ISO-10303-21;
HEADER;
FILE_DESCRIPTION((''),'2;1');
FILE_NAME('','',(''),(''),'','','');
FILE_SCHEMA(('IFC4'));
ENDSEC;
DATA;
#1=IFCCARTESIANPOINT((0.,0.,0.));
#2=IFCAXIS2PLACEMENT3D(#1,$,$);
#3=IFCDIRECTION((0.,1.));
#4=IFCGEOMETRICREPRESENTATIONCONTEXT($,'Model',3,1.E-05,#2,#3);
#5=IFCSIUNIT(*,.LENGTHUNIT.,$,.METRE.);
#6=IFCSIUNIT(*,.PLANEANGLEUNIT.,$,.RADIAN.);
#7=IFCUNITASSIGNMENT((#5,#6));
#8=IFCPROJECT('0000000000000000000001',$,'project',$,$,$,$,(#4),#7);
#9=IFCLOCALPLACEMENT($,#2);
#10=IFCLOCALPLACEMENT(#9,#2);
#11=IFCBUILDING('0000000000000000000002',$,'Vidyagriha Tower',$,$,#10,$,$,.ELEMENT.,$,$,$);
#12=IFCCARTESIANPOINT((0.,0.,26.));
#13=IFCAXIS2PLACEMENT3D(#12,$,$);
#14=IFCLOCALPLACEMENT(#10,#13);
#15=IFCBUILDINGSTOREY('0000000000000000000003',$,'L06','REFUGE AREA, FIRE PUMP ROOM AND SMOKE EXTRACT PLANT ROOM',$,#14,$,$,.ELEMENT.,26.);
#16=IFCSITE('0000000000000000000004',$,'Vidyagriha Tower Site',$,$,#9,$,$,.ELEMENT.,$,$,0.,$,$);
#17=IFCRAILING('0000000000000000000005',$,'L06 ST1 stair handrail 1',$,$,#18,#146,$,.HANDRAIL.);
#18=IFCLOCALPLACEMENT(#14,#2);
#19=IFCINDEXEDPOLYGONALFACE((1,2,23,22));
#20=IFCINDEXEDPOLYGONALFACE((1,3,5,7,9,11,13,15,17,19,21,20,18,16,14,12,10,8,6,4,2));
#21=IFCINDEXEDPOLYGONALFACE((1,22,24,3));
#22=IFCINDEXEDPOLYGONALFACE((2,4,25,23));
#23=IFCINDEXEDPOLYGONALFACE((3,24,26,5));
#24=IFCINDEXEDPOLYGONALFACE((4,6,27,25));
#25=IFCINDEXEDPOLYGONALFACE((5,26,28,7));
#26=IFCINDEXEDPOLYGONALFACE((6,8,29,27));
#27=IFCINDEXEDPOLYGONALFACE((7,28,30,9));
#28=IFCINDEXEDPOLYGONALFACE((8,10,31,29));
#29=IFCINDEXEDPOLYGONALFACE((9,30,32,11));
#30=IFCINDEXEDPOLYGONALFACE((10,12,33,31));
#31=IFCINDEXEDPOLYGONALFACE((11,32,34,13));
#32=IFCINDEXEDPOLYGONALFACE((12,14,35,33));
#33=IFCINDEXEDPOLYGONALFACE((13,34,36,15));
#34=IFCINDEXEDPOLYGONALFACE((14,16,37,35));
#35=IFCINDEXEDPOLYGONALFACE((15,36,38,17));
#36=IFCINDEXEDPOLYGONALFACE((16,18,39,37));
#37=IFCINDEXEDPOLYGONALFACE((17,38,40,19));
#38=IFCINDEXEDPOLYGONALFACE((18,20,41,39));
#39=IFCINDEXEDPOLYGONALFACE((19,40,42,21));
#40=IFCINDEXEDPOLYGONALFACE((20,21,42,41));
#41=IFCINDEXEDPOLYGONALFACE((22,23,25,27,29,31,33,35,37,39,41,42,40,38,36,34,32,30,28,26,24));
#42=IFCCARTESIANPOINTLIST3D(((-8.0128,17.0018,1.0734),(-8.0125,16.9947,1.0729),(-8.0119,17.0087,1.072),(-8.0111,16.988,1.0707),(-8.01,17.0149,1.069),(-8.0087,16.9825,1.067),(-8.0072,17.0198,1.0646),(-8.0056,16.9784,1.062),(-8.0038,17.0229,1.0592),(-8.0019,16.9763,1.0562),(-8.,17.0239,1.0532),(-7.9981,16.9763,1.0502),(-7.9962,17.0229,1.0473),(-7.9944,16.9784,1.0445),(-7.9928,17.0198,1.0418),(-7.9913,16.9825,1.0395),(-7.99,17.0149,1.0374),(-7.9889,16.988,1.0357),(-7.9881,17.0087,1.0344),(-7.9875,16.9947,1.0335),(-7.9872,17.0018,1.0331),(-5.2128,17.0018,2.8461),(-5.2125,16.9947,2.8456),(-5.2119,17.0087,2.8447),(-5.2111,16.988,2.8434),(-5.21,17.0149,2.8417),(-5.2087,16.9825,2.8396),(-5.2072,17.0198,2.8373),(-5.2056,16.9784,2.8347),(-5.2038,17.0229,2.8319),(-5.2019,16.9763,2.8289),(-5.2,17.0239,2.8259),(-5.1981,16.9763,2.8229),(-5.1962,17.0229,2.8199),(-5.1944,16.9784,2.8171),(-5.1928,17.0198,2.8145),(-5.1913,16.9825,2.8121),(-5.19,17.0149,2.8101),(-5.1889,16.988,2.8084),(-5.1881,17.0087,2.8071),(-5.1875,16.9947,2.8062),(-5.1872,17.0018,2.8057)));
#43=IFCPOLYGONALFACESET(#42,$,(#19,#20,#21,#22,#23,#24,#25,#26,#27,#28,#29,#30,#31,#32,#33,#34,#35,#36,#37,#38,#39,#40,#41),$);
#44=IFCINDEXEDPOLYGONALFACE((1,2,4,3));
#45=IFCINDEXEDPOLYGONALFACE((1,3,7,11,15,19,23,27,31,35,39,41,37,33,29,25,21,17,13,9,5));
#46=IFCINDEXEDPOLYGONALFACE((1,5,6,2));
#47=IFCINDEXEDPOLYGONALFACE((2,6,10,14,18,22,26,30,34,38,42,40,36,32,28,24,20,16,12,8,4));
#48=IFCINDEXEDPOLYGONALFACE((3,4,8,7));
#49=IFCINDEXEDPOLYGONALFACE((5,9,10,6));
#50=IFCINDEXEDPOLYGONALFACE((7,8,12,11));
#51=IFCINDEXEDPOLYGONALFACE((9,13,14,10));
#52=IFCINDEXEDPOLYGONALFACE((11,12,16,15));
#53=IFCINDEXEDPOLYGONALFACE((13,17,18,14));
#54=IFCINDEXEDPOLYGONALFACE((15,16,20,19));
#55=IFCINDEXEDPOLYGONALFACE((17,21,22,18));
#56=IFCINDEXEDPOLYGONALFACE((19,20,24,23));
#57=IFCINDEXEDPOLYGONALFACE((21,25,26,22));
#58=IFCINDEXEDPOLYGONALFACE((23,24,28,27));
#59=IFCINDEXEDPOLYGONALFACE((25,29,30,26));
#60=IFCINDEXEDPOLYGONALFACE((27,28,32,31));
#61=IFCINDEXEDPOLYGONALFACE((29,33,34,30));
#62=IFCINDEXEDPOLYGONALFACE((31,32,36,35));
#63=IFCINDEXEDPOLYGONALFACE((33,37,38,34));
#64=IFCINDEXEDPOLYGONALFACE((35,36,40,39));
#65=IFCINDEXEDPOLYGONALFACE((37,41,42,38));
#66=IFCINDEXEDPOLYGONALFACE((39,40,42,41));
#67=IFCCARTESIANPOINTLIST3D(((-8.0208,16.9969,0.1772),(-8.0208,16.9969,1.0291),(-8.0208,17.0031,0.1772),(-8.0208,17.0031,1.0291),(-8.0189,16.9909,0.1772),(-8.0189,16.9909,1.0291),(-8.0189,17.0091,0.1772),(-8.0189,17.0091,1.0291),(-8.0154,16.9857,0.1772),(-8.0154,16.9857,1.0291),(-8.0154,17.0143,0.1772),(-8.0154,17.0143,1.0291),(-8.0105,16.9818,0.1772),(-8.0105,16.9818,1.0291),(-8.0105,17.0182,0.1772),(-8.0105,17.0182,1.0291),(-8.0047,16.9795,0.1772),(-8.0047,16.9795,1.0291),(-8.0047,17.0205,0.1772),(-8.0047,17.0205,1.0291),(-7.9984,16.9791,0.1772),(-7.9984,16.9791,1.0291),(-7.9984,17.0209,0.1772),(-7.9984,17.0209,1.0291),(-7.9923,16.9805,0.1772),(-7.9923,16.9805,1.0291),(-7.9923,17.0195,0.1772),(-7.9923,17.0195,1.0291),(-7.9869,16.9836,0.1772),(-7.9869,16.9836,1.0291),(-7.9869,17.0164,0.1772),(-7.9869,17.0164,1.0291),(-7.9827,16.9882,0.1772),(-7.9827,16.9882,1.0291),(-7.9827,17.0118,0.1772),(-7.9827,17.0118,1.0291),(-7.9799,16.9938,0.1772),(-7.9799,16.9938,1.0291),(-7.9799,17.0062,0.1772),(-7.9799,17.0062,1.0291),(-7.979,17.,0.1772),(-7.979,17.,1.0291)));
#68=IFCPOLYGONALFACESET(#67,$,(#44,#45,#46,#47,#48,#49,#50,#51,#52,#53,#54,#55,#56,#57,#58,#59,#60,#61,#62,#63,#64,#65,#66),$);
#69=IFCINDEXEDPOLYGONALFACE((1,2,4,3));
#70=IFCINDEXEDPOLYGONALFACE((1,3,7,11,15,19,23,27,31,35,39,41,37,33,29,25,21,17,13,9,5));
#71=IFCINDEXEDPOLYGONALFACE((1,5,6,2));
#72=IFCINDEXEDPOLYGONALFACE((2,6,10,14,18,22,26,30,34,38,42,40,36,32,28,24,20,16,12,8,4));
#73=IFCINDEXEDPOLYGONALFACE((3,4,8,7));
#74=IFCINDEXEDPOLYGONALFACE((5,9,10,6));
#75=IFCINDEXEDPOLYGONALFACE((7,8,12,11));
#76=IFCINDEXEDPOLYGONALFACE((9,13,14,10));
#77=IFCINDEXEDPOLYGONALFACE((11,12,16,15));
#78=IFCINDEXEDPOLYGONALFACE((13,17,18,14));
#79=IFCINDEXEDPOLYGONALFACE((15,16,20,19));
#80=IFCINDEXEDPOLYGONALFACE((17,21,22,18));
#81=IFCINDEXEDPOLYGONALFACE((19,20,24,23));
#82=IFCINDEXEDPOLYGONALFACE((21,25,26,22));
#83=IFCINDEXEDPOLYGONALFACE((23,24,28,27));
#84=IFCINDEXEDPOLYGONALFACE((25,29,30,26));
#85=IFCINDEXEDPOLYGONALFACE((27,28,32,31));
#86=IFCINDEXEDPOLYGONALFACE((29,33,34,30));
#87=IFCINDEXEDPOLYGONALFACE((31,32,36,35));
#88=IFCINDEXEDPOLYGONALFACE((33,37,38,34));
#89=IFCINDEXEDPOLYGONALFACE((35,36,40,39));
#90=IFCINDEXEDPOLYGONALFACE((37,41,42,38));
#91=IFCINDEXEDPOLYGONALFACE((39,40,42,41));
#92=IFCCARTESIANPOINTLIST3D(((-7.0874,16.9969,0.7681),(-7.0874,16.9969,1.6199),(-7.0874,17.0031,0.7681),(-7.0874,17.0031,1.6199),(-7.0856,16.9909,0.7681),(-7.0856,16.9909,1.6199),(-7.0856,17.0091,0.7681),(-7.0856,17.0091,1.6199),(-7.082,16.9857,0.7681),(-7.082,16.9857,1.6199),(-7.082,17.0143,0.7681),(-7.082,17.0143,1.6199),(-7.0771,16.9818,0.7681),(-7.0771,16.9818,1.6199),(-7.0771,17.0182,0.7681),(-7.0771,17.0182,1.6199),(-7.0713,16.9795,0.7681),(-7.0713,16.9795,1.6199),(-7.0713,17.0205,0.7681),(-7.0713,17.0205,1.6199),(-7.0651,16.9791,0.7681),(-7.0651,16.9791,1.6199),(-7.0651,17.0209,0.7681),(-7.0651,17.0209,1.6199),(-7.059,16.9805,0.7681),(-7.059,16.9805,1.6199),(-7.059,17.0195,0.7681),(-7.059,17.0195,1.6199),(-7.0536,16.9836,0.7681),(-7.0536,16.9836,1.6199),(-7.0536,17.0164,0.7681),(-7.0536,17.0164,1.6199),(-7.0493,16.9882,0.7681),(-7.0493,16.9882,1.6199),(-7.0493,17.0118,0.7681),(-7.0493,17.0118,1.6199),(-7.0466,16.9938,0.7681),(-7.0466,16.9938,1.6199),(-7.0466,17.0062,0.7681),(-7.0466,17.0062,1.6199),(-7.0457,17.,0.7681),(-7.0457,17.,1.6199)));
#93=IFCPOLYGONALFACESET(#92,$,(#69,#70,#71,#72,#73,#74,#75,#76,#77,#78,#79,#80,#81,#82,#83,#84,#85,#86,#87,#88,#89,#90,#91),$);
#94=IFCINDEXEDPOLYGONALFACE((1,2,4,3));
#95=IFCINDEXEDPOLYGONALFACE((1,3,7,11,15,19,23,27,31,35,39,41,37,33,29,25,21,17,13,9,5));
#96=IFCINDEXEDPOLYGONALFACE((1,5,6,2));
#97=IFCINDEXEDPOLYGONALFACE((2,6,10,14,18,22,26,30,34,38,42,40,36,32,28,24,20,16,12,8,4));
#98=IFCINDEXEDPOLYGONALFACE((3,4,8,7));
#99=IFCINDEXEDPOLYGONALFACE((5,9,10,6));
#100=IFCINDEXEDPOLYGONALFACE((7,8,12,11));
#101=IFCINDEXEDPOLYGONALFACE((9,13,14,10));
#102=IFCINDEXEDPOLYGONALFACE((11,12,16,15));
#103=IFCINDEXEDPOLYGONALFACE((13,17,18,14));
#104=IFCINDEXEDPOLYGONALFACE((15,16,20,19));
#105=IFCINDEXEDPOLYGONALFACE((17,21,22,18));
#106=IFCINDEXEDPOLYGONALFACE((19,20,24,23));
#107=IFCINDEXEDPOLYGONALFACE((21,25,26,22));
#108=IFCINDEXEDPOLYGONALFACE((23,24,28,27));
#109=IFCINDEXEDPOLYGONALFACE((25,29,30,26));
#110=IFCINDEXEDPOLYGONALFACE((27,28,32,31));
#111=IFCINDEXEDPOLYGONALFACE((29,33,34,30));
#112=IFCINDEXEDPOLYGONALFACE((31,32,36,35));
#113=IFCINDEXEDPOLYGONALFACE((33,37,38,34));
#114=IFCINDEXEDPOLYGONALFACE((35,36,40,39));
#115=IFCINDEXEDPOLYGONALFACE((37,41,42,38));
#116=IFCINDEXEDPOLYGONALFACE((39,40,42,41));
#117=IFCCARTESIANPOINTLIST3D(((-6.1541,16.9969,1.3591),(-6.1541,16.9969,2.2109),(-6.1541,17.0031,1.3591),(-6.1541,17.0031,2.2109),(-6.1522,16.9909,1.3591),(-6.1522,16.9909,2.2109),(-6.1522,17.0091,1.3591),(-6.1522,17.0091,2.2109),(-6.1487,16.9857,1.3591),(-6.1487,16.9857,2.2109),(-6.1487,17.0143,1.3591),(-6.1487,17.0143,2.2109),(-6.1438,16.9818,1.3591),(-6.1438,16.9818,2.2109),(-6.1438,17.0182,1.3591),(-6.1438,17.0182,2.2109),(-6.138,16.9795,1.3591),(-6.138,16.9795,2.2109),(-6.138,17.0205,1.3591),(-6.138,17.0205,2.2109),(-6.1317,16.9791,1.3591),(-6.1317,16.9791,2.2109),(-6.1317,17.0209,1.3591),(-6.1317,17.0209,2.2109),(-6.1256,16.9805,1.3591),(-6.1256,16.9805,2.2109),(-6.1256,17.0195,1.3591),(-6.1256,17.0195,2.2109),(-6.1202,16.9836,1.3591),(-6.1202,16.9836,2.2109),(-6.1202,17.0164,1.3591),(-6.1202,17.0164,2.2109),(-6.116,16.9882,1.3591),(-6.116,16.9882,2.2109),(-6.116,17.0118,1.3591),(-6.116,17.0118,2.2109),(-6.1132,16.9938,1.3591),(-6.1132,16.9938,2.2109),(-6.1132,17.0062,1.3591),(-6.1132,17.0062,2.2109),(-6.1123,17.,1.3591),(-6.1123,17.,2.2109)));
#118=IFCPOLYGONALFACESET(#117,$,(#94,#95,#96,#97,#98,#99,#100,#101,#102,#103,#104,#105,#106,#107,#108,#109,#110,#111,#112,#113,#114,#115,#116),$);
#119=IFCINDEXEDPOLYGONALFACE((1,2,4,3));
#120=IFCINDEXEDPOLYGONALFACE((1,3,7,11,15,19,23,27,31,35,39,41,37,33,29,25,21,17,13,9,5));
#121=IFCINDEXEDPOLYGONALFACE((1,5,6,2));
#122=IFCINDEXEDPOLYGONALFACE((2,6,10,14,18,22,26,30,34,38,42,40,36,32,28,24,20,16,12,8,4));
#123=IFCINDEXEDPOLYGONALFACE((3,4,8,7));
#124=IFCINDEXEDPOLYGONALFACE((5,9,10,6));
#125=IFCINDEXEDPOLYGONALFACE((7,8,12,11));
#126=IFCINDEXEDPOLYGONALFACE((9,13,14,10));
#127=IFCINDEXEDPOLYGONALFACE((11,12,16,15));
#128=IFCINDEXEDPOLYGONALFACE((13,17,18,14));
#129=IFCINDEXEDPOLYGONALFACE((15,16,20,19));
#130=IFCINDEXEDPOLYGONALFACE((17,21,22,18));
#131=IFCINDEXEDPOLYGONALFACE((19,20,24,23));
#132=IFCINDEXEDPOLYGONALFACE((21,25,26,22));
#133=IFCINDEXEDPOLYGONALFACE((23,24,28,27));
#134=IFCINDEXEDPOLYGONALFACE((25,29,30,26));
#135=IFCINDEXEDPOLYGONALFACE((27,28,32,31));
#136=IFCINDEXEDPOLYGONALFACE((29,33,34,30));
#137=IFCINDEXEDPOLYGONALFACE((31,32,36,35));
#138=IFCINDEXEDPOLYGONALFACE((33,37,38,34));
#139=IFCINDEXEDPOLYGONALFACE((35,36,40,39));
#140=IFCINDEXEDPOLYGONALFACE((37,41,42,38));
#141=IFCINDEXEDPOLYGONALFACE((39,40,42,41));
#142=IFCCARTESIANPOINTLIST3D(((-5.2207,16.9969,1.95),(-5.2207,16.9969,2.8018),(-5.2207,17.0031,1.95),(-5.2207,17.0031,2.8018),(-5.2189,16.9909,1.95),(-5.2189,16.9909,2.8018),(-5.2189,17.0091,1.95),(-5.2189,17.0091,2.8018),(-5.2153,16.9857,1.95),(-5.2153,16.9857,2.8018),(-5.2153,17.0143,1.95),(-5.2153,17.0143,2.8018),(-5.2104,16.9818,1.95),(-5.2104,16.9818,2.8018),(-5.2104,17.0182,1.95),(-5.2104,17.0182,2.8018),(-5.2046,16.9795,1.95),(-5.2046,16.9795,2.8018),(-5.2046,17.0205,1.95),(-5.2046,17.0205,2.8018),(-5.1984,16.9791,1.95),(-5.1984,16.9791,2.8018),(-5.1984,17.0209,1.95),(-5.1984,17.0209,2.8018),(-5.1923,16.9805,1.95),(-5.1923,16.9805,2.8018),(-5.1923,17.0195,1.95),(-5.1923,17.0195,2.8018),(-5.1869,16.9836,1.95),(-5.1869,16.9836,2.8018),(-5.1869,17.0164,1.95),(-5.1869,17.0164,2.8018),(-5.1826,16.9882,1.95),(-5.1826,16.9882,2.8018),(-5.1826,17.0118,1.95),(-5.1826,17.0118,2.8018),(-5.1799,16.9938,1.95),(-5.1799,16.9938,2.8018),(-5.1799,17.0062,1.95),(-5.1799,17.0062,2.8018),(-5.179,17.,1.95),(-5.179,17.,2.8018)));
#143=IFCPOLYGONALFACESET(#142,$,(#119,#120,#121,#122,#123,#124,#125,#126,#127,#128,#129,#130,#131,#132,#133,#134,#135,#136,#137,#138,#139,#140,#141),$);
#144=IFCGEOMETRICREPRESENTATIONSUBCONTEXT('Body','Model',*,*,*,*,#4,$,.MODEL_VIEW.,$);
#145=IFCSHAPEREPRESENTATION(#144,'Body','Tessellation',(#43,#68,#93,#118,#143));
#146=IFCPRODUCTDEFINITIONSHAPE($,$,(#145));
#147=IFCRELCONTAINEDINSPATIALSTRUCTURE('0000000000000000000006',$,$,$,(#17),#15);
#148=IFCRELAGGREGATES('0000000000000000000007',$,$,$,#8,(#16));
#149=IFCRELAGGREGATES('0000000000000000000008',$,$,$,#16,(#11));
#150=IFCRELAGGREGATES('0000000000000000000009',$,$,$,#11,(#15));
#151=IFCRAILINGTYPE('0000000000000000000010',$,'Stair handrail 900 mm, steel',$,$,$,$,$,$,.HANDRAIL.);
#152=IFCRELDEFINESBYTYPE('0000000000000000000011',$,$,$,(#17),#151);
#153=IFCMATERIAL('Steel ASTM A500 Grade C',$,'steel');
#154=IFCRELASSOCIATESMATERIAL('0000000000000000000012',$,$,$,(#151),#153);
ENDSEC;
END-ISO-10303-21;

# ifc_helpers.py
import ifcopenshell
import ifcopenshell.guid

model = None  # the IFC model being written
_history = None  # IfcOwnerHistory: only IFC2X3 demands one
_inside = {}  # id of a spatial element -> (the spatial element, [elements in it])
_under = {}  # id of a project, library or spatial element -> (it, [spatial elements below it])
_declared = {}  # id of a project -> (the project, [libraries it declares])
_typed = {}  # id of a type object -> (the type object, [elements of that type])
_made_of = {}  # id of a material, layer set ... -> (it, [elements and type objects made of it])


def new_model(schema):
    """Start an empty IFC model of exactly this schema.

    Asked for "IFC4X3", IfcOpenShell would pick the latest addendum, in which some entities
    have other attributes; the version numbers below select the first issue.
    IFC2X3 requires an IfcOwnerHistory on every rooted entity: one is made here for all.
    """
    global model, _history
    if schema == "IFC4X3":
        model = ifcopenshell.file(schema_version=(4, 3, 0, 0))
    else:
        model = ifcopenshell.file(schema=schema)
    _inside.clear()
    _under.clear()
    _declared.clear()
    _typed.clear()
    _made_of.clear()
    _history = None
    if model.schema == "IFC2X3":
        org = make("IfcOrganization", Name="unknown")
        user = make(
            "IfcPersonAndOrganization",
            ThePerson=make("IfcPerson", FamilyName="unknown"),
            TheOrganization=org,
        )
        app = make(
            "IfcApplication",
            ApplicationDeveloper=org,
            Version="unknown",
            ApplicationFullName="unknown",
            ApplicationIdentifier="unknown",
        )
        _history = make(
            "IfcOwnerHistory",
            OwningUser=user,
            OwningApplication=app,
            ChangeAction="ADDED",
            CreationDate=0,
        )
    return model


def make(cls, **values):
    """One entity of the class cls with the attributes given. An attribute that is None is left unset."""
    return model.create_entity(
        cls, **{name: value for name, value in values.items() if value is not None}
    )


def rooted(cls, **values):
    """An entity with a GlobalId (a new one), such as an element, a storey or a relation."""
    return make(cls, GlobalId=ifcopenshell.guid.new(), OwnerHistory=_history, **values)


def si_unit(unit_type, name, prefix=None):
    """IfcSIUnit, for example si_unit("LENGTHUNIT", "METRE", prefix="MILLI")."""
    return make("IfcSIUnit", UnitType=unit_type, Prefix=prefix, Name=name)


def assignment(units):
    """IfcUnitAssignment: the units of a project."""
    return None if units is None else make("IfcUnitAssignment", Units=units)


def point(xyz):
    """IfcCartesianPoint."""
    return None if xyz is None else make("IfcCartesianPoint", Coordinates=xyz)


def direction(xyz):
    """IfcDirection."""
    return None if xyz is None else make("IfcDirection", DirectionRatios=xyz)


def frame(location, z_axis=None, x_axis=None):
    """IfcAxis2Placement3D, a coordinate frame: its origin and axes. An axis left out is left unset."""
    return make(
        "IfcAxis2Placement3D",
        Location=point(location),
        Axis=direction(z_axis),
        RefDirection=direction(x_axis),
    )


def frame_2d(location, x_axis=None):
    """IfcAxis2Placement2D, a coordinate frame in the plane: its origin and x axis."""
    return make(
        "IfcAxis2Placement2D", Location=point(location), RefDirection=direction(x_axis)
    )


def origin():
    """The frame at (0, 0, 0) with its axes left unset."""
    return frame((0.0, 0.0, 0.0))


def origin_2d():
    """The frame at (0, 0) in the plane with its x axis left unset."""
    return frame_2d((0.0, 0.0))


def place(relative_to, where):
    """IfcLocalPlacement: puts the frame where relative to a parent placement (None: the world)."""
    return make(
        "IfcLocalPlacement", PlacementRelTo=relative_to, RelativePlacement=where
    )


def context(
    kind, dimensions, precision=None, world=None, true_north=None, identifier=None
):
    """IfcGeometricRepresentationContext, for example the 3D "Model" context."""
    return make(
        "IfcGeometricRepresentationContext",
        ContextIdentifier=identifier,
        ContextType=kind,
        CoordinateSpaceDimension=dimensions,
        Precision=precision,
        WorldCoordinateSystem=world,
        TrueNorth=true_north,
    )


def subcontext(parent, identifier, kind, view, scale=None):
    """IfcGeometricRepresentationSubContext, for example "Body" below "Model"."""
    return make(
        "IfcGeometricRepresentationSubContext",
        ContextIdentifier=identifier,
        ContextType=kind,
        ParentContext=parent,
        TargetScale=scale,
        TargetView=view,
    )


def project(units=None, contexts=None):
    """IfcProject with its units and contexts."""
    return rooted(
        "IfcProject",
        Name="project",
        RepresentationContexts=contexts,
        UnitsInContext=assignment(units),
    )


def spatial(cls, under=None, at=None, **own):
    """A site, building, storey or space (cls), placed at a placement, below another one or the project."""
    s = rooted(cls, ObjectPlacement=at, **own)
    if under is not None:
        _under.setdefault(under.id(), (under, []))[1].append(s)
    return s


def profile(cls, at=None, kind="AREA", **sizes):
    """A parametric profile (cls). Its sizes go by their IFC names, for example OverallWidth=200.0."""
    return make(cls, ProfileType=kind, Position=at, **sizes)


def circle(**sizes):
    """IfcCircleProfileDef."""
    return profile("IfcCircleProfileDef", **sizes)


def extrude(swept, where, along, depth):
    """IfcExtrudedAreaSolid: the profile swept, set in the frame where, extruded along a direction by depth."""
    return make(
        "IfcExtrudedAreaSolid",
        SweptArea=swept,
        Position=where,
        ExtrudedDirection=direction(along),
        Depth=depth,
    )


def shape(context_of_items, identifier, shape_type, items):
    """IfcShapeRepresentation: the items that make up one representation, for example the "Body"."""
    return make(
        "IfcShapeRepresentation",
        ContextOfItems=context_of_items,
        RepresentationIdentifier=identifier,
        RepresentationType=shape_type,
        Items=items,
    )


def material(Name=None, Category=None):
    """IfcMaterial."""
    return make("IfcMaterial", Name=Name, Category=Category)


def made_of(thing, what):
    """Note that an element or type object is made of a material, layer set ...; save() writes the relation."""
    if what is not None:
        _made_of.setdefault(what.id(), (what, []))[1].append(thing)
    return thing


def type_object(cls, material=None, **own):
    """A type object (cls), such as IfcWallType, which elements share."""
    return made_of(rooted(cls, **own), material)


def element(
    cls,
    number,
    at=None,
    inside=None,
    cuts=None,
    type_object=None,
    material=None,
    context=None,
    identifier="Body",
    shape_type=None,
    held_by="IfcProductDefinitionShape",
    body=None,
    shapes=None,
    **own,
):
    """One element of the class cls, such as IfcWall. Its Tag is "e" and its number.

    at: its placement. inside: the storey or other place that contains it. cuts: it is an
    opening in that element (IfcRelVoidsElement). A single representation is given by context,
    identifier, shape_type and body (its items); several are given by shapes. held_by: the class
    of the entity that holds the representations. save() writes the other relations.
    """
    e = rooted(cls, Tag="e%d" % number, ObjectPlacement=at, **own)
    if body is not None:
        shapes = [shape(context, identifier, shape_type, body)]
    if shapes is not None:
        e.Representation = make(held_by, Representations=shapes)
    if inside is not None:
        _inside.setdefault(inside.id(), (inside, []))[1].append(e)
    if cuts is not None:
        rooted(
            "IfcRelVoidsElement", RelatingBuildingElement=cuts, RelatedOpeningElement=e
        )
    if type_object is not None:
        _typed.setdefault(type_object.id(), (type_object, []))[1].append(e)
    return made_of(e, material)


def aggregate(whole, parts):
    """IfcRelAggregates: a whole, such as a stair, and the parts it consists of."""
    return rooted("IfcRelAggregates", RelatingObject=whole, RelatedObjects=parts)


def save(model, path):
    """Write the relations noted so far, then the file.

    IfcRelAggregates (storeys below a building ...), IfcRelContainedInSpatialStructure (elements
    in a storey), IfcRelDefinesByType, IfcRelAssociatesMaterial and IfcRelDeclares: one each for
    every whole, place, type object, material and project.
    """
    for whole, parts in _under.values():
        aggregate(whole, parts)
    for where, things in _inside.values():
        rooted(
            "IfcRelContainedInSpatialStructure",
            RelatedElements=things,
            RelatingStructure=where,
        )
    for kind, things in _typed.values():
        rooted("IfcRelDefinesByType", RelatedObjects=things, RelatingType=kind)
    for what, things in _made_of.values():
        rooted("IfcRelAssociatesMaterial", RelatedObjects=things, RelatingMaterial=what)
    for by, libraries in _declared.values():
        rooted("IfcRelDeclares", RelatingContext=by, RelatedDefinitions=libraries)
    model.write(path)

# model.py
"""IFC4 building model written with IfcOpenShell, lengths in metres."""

from ifc_helpers import new_model, si_unit, direction, frame, origin, origin_2d, place, context, subcontext, project, spatial, circle, extrude, material, type_object, element, save


model = new_model("IFC4")

# Units and contexts
model_context = context("Model", 3, precision=1e-05, world=origin(), true_north=direction((0.0, 1.0)))
body_context = subcontext(model_context, "Body", "Model", "MODEL_VIEW")
ifc_project = project(units=[si_unit("LENGTHUNIT", "METRE"), si_unit("PLANEANGLEUNIT", "RADIAN")], contexts=[model_context])

# Site, building, storey
site_placement = place(None, origin())
site = spatial("IfcSite", under=ifc_project, at=site_placement, Name="Vidyagriha Tower Site", CompositionType="ELEMENT", RefElevation=0.0)
building_placement = place(site_placement, origin())
building = spatial("IfcBuilding", under=site, at=building_placement, Name="Vidyagriha Tower", CompositionType="ELEMENT")
storey_placement = place(building_placement, frame((0.0, 0.0, 26.0)))
storey = spatial("IfcBuildingStorey", under=building, at=storey_placement, Name="L06", Description="REFUGE AREA, FIRE PUMP ROOM AND SMOKE EXTRACT PLANT ROOM", CompositionType="ELEMENT", Elevation=26.0)

# Railing
ifc_material_1 = material(Name="Steel ASTM A500 Grade C", Category="steel")
railing_type_1 = type_object("IfcRailingType", Name="Stair handrail 900 mm, steel", PredefinedType="HANDRAIL", material=ifc_material_1)
railing_1_placement = place(storey_placement, frame((-8.0, 17.0, 0.1772)))
element("IfcRailing", 1, at=railing_1_placement, inside=storey, type_object=railing_type_1, Name="L06 ST1 stair handrail 1", PredefinedType="HANDRAIL", context=body_context, shape_type="SweptSolid", body=[
    extrude(circle(Radius=0.0239, at=origin_2d()), frame((0.0, 0.0, 0.876), z_axis=(0.844909, 0.0, 0.53491), x_axis=(0.0, 1.0, 0.0)), (0.0, 0.0, 1.0), 3.314),
    extrude(circle(Radius=0.021, at=origin_2d()), origin(), (0.0, 0.0, 1.0), 0.8518),
    extrude(circle(Radius=0.021, at=origin_2d()), frame((0.9333, 0.0, 0.5908)), (0.0, 0.0, 1.0), 0.8518),
    extrude(circle(Radius=0.021, at=origin_2d()), frame((1.8667, 0.0, 1.1819)), (0.0, 0.0, 1.0), 0.8518),
    extrude(circle(Radius=0.021, at=origin_2d()), frame((2.8, 0.0, 1.7727)), (0.0, 0.0, 1.0), 0.8518),
])

save(model, "model.ifc")
